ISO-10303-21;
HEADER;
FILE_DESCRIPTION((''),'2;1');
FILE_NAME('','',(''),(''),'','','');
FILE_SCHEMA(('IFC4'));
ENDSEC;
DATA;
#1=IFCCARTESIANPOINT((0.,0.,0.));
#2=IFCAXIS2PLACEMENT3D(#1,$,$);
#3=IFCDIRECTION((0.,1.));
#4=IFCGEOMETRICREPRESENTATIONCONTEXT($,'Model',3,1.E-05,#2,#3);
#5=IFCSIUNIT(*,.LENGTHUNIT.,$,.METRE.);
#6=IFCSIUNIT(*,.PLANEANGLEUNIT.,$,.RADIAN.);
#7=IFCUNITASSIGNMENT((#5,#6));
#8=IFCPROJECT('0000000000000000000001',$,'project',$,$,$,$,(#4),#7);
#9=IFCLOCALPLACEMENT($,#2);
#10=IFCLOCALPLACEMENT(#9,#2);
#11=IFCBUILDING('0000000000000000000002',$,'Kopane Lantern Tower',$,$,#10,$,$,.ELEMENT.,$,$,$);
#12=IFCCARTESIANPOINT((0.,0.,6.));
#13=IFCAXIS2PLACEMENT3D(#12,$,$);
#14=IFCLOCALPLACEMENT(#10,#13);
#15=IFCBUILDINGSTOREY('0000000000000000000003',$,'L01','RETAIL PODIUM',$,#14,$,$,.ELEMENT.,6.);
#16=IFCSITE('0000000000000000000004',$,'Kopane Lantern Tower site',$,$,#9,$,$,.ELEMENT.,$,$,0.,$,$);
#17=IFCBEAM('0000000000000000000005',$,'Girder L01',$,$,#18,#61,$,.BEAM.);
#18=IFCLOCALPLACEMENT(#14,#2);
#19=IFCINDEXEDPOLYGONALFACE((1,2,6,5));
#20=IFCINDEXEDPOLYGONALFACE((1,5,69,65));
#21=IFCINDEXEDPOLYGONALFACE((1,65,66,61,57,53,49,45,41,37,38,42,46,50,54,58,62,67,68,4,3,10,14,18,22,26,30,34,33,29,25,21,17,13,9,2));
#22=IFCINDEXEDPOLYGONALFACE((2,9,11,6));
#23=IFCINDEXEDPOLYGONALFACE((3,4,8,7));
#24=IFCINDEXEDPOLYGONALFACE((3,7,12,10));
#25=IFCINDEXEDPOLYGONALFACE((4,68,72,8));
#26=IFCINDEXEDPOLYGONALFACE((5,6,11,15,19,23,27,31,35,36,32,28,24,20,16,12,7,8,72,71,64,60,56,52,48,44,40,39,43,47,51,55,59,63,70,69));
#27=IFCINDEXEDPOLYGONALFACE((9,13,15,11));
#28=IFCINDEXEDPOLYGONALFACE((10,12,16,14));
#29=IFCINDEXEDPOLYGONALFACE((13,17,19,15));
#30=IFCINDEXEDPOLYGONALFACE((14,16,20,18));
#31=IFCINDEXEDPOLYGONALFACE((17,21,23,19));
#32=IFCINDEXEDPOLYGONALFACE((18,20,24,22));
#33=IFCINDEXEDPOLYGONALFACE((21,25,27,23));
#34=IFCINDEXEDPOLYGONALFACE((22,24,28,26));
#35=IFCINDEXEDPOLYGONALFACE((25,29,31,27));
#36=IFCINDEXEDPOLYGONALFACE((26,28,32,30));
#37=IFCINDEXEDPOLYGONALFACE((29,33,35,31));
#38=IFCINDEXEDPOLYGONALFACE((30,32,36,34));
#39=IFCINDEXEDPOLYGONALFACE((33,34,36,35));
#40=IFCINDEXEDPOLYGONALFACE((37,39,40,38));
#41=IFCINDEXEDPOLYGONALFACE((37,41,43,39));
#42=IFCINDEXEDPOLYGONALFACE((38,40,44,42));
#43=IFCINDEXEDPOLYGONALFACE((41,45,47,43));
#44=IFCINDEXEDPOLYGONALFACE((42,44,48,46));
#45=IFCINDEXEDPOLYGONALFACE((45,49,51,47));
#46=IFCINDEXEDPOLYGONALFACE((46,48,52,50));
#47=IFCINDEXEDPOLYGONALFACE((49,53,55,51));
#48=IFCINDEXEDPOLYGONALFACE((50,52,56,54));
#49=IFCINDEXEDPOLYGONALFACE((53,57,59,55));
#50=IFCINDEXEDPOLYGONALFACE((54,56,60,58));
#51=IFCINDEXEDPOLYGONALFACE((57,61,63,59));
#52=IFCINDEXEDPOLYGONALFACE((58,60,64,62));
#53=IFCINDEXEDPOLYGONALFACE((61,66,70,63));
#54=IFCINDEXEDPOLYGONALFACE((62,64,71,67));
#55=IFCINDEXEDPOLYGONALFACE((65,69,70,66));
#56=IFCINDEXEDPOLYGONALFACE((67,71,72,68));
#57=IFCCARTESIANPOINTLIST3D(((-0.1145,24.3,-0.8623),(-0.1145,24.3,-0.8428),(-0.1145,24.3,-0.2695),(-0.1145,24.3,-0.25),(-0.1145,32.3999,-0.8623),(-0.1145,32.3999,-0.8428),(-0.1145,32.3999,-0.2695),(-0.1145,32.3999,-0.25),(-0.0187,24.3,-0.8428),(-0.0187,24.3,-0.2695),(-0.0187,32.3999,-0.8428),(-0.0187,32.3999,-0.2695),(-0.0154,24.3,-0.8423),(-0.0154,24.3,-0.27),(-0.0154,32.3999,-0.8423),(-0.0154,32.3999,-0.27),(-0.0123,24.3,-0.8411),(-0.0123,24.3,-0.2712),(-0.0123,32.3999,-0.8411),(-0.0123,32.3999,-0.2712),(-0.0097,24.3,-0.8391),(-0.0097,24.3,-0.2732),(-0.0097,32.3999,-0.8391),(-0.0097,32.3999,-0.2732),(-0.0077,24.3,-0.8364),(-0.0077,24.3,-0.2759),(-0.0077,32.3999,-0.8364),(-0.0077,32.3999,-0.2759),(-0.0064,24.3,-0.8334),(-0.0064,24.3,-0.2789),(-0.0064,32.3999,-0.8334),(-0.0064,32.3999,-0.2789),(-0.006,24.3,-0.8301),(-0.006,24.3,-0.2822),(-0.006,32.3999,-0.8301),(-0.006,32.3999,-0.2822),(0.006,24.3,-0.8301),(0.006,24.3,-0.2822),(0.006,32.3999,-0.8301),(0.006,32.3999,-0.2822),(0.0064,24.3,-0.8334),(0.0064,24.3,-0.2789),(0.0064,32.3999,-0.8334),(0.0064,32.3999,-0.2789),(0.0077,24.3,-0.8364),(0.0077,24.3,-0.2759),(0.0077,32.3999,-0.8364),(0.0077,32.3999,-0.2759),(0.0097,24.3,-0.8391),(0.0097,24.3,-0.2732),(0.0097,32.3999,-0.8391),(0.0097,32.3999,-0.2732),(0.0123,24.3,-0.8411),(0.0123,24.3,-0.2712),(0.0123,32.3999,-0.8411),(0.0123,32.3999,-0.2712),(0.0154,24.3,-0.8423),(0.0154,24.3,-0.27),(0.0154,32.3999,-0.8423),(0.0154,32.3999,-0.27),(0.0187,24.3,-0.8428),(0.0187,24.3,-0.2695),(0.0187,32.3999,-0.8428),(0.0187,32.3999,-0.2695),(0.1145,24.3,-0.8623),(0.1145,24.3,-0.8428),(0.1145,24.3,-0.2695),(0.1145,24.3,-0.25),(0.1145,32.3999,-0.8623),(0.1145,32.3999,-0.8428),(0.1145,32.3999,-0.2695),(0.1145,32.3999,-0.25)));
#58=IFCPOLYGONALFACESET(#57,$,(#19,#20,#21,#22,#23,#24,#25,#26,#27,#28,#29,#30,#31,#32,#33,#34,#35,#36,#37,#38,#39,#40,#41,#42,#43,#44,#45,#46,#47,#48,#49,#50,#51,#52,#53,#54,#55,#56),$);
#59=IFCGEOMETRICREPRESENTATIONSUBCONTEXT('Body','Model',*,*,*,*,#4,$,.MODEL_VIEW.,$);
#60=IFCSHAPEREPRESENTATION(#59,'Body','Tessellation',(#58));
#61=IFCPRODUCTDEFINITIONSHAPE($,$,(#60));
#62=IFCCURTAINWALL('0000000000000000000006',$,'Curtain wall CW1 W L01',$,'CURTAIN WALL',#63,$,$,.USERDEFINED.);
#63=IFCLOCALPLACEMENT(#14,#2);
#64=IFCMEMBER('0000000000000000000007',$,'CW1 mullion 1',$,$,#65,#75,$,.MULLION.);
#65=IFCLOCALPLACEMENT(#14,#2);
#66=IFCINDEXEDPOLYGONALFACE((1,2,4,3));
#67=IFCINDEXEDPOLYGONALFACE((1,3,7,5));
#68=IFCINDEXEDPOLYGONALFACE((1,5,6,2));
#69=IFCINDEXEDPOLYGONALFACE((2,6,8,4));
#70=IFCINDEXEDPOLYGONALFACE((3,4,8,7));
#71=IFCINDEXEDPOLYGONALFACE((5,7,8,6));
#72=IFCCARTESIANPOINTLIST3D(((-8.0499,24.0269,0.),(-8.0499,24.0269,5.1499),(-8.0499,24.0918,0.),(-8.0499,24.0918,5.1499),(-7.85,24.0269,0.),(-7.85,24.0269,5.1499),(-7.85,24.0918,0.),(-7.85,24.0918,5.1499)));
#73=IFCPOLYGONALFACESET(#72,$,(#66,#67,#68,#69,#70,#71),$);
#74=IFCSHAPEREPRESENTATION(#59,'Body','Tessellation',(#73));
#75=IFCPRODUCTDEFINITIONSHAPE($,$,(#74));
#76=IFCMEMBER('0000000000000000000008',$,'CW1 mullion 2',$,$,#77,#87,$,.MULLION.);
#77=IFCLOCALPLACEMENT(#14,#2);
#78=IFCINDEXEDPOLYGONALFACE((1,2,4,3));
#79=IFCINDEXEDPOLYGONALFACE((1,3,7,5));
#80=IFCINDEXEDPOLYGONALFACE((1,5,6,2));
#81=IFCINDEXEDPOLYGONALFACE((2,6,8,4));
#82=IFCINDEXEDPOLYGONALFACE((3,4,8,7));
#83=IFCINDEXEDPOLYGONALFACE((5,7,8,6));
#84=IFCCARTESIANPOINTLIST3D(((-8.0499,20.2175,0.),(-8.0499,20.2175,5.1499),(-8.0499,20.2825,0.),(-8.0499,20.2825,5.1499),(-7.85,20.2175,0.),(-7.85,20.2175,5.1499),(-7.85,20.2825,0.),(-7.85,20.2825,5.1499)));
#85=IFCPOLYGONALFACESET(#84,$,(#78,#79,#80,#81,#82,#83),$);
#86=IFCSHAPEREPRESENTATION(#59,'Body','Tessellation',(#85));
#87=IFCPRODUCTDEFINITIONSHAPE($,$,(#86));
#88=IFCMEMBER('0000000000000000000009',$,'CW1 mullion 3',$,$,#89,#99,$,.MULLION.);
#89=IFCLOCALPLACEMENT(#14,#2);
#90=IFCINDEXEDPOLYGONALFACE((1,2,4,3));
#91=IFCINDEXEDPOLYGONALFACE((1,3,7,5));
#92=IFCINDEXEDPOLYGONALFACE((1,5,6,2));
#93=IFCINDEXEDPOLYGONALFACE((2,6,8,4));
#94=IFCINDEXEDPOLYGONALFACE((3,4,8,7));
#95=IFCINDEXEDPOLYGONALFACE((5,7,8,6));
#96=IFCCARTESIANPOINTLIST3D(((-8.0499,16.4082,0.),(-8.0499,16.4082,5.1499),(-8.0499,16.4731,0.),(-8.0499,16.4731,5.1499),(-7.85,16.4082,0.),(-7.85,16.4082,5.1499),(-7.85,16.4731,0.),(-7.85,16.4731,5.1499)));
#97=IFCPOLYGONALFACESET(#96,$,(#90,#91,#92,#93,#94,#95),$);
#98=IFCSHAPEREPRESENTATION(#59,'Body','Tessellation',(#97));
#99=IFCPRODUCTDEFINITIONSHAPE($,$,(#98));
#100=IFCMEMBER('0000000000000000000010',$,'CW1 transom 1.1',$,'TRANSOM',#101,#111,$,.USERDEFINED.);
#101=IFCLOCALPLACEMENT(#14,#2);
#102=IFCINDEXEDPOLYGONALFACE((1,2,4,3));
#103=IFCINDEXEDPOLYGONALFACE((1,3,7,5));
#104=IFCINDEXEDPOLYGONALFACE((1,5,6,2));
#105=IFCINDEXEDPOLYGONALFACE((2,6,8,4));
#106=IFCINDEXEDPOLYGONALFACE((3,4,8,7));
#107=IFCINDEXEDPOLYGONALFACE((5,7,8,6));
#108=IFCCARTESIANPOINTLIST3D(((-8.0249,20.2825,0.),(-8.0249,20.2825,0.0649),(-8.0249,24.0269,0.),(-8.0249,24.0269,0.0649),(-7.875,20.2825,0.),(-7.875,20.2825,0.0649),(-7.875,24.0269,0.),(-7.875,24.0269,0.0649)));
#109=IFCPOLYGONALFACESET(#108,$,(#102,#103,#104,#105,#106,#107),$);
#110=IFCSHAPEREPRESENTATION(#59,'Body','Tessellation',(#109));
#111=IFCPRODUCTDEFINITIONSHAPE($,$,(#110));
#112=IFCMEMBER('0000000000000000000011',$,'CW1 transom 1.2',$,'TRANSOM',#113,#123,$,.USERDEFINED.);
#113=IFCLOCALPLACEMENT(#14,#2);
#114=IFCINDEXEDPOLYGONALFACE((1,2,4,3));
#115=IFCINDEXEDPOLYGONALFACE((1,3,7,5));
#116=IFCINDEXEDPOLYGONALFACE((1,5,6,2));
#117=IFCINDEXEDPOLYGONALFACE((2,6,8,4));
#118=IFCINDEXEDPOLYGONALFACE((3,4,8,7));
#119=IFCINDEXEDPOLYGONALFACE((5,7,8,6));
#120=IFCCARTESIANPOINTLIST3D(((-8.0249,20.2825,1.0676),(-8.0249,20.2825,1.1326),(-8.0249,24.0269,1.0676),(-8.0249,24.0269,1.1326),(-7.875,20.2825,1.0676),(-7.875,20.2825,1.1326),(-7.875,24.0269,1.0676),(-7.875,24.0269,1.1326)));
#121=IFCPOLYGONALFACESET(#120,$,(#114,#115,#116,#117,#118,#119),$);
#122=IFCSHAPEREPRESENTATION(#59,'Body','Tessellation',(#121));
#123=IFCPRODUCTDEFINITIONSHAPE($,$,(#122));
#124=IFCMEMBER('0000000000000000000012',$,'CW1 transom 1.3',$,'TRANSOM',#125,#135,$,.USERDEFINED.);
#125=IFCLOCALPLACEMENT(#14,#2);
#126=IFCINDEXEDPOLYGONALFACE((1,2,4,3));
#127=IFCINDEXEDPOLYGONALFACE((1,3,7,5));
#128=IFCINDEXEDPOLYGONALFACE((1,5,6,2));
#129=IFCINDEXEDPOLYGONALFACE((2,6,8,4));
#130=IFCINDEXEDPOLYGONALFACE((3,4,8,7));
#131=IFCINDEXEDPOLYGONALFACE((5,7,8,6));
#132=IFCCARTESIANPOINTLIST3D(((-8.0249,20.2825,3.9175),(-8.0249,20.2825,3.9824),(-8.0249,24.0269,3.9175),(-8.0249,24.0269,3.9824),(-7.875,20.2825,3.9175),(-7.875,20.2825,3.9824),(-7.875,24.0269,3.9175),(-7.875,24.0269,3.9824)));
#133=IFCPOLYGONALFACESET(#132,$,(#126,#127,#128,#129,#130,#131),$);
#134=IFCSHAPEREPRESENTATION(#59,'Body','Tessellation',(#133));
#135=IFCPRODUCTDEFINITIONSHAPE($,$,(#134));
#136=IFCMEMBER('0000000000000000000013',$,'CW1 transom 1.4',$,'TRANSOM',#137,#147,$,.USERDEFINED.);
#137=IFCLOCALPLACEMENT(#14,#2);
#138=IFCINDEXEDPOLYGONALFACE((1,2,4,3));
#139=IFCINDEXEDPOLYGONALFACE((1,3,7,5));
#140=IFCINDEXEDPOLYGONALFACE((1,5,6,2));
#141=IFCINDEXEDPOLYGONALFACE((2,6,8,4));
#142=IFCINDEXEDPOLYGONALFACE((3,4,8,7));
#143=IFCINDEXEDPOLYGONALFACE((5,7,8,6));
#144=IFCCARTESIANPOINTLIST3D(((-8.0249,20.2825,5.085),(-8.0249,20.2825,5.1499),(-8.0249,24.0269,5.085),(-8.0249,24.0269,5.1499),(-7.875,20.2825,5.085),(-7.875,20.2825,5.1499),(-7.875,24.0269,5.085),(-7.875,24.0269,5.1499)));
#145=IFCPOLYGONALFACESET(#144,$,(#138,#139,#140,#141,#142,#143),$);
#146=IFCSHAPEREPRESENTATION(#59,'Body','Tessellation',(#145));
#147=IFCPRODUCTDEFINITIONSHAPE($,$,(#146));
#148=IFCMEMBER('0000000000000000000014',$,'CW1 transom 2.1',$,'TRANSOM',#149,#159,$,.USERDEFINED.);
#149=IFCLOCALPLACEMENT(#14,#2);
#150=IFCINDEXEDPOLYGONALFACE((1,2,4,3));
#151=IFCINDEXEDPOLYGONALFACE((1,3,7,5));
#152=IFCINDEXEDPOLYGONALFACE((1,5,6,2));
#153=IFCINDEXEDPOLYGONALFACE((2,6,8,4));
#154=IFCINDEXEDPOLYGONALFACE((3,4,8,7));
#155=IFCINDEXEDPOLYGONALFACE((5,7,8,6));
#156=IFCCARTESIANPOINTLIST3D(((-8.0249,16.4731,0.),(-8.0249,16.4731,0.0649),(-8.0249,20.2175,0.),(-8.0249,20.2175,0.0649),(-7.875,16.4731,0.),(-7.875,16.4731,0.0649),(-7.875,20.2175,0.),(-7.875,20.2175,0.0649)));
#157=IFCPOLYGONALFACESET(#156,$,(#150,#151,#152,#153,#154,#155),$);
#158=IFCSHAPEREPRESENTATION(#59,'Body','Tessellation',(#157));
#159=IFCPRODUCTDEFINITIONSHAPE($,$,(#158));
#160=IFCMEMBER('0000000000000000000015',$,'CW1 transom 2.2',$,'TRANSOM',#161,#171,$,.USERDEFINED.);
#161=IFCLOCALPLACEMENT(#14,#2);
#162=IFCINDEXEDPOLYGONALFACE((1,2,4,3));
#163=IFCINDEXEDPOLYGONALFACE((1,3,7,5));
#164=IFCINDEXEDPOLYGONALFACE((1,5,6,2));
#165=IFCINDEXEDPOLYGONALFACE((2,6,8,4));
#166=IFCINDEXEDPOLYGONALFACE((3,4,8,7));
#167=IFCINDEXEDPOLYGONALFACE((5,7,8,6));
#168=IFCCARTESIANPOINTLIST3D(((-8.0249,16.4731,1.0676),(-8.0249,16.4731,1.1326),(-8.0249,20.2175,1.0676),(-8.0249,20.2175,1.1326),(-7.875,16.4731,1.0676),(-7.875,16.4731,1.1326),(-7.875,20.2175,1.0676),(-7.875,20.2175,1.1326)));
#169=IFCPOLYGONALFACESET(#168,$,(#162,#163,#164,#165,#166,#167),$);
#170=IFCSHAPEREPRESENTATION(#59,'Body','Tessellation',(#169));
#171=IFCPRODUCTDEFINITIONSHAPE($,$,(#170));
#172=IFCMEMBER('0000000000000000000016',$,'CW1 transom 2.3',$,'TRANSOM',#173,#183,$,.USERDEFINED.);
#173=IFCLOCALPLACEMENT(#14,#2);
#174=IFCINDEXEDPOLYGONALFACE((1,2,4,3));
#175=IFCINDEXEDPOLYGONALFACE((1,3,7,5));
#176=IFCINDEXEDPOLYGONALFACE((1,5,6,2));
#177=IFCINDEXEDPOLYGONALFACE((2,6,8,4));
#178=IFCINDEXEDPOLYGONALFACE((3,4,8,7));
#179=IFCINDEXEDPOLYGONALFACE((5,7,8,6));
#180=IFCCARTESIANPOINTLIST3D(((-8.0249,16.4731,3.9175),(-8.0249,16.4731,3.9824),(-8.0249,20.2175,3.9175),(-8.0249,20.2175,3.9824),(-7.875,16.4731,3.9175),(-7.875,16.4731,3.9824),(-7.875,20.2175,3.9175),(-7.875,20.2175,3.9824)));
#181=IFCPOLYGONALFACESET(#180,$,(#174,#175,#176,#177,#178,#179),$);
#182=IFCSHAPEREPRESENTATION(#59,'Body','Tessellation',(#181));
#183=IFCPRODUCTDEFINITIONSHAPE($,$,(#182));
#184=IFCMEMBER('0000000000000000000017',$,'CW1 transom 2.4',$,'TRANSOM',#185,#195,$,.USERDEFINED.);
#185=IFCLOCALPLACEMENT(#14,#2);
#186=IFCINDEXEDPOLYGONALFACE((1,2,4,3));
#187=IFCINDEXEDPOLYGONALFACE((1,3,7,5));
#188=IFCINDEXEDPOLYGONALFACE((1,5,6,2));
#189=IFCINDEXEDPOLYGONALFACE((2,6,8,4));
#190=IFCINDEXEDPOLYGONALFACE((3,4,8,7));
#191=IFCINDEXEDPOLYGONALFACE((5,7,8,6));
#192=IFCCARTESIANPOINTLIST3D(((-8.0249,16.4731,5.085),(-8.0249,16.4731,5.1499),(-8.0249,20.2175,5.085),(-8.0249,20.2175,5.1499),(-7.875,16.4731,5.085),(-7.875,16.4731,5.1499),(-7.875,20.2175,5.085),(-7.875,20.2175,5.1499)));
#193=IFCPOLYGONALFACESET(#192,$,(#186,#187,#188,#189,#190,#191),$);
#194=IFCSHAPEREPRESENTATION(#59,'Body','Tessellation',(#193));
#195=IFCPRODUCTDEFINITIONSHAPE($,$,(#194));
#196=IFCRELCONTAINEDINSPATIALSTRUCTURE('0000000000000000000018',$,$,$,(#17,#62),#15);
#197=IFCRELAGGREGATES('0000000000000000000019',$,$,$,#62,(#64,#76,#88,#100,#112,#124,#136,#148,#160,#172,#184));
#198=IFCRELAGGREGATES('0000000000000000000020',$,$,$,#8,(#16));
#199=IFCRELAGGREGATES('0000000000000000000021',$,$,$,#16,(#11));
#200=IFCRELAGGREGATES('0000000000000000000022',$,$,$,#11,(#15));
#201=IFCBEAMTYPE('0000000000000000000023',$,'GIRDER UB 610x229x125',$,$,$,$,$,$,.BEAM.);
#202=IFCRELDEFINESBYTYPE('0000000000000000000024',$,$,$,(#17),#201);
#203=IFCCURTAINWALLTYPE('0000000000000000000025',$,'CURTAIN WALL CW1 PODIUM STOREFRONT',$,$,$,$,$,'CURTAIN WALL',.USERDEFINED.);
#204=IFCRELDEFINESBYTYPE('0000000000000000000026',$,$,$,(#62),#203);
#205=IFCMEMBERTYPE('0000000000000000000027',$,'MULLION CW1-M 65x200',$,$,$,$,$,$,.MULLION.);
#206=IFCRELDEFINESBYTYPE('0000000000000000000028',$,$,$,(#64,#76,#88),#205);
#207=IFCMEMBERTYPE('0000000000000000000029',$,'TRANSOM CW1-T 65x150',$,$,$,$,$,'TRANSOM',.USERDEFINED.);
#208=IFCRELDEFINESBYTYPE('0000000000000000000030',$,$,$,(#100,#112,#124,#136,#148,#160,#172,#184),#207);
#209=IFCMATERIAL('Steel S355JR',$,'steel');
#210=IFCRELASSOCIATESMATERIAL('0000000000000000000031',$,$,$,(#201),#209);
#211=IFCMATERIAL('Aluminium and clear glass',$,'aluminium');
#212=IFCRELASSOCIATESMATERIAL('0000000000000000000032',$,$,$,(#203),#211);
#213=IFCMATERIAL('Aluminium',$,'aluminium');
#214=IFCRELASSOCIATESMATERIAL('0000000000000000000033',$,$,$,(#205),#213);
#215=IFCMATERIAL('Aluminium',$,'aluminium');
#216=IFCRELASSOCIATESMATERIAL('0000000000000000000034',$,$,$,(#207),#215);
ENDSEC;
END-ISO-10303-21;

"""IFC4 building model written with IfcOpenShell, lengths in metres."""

from ifc_helpers import new_model, si_unit, direction, frame, origin, origin_2d, place, context, subcontext, project, spatial, rectangle, i_section, extrude, material, material_profile, profile_set, type_object, element, aggregate, save


model = new_model("IFC4")

# Units and contexts
model_context = context("Model", 3, precision=1e-05, world=origin(), true_north=direction((0.0, 1.0)))
body_context = subcontext(model_context, "Body", "Model", "MODEL_VIEW")
ifc_project = project(units=[si_unit("LENGTHUNIT", "METRE"), si_unit("PLANEANGLEUNIT", "RADIAN")], contexts=[model_context])

# Site, building, storey
site_placement = place(None, origin())
site = spatial("IfcSite", under=ifc_project, at=site_placement, Name="Kopane Lantern Tower site", CompositionType="ELEMENT", RefElevation=0.0)
building_placement = place(site_placement, origin())
building = spatial("IfcBuilding", under=site, at=building_placement, Name="Kopane Lantern Tower", CompositionType="ELEMENT")
storey_placement = place(building_placement, frame((0.0, 0.0, 6.0)))
storey = spatial("IfcBuildingStorey", under=building, at=storey_placement, Name="L01", Description="RETAIL PODIUM", CompositionType="ELEMENT", Elevation=6.0)

# Beam
ifc_material_1 = material(Name="Steel S355JR", Category="steel")
ifc_material_profile_1 = material_profile(ifc_material_1, i_section(OverallWidth=0.229, OverallDepth=0.6123, WebThickness=0.012, FlangeThickness=0.0195, FilletRadius=0.0127, at=origin_2d()), Name="UB 610x229x125")
ifc_profile_set_1 = profile_set([ifc_material_profile_1], Name="Steel S355JR")
beam_type = type_object("IfcBeamType", Name="GIRDER UB 610x229x125", PredefinedType="BEAM", material=ifc_profile_set_1)
beam_1_placement = place(storey_placement, frame((0.0, 24.3, -0.5562), z_axis=(0.0, 1.0, 0.0), x_axis=(-1.0, 0.0, 0.0)))
element("IfcBeam", 1, at=beam_1_placement, inside=storey, type_object=beam_type, Name="Girder L01", PredefinedType="BEAM", context=body_context, shape_type="SweptSolid", body=[
    extrude(i_section(OverallWidth=0.229, OverallDepth=0.6123, WebThickness=0.012, FlangeThickness=0.0195, FilletRadius=0.0127, at=origin_2d()), origin(), (0.0, 0.0, 1.0), 8.0999),
])

# Curtain wall, members
ifc_material_2 = material(Name="Aluminium and clear glass", Category="aluminium")
curtain_wall_type = type_object("IfcCurtainWallType", Name="CURTAIN WALL CW1 PODIUM STOREFRONT", ElementType="CURTAIN WALL", PredefinedType="USERDEFINED", material=ifc_material_2)
curtain_wall_placement = place(storey_placement, origin())
curtain_wall = element("IfcCurtainWall", 2, at=curtain_wall_placement, inside=storey, type_object=curtain_wall_type, Name="Curtain wall CW1 W L01", ObjectType="CURTAIN WALL", PredefinedType="USERDEFINED")
ifc_material_3 = material(Name="Aluminium", Category="aluminium")
ifc_material_profile_2 = material_profile(ifc_material_3, rectangle(XDim=0.0649, YDim=0.2, at=origin_2d()), Name="AL 65x200")
ifc_profile_set_2 = profile_set([ifc_material_profile_2], Name="Aluminium")
member_type_1 = type_object("IfcMemberType", Name="MULLION CW1-M 65x200", PredefinedType="MULLION", material=ifc_profile_set_2)
member_1_placement = place(storey_placement, frame((-7.95, 24.0593, 0.0), z_axis=(0.0, 0.0, 1.0), x_axis=(0.0, -1.0, 0.0)))
member_1 = element("IfcMember", 3, at=member_1_placement, type_object=member_type_1, Name="CW1 mullion 1", PredefinedType="MULLION", context=body_context, shape_type="SweptSolid", body=[
    extrude(rectangle(XDim=0.0649, YDim=0.2, at=origin_2d()), origin(), (0.0, 0.0, 1.0), 5.1499),
])
member_2_placement = place(storey_placement, frame((-7.95, 20.25, 0.0), z_axis=(0.0, 0.0, 1.0), x_axis=(0.0, -1.0, 0.0)))
member_2 = element("IfcMember", 4, at=member_2_placement, type_object=member_type_1, Name="CW1 mullion 2", PredefinedType="MULLION", context=body_context, shape_type="SweptSolid", body=[
    extrude(rectangle(XDim=0.0649, YDim=0.2, at=origin_2d()), origin(), (0.0, 0.0, 1.0), 5.1499),
])
member_3_placement = place(storey_placement, frame((-7.95, 16.4407, 0.0), z_axis=(0.0, 0.0, 1.0), x_axis=(0.0, -1.0, 0.0)))
member_3 = element("IfcMember", 5, at=member_3_placement, type_object=member_type_1, Name="CW1 mullion 3", PredefinedType="MULLION", context=body_context, shape_type="SweptSolid", body=[
    extrude(rectangle(XDim=0.0649, YDim=0.2, at=origin_2d()), origin(), (0.0, 0.0, 1.0), 5.1499),
])
ifc_material_4 = material(Name="Aluminium", Category="aluminium")
ifc_material_profile_3 = material_profile(ifc_material_4, rectangle(XDim=0.1499, YDim=0.0649, at=origin_2d()), Name="AL 150x65")
ifc_profile_set_3 = profile_set([ifc_material_profile_3], Name="Aluminium")
member_type_2 = type_object("IfcMemberType", Name="TRANSOM CW1-T 65x150", ElementType="TRANSOM", PredefinedType="USERDEFINED", material=ifc_profile_set_3)
member_4_placement = place(storey_placement, frame((-7.95, 24.0269, 0.0325), z_axis=(0.0, -1.0, 0.0), x_axis=(1.0, 0.0, 0.0)))
member_4 = element("IfcMember", 6, at=member_4_placement, type_object=member_type_2, Name="CW1 transom 1.1", ObjectType="TRANSOM", PredefinedType="USERDEFINED", context=body_context, shape_type="SweptSolid", body=[
    extrude(rectangle(XDim=0.1499, YDim=0.0649, at=origin_2d()), origin(), (0.0, 0.0, 1.0), 3.7444),
])
member_5_placement = place(storey_placement, frame((-7.95, 24.0269, 1.1001), z_axis=(0.0, -1.0, 0.0), x_axis=(1.0, 0.0, 0.0)))
member_5 = element("IfcMember", 7, at=member_5_placement, type_object=member_type_2, Name="CW1 transom 1.2", ObjectType="TRANSOM", PredefinedType="USERDEFINED", context=body_context, shape_type="SweptSolid", body=[
    extrude(rectangle(XDim=0.1499, YDim=0.0649, at=origin_2d()), origin(), (0.0, 0.0, 1.0), 3.7444),
])
member_6_placement = place(storey_placement, frame((-7.95, 24.0269, 3.95), z_axis=(0.0, -1.0, 0.0), x_axis=(1.0, 0.0, 0.0)))
member_6 = element("IfcMember", 8, at=member_6_placement, type_object=member_type_2, Name="CW1 transom 1.3", ObjectType="TRANSOM", PredefinedType="USERDEFINED", context=body_context, shape_type="SweptSolid", body=[
    extrude(rectangle(XDim=0.1499, YDim=0.0649, at=origin_2d()), origin(), (0.0, 0.0, 1.0), 3.7444),
])
member_7_placement = place(storey_placement, frame((-7.95, 24.0269, 5.1174), z_axis=(0.0, -1.0, 0.0), x_axis=(1.0, 0.0, 0.0)))
member_7 = element("IfcMember", 9, at=member_7_placement, type_object=member_type_2, Name="CW1 transom 1.4", ObjectType="TRANSOM", PredefinedType="USERDEFINED", context=body_context, shape_type="SweptSolid", body=[
    extrude(rectangle(XDim=0.1499, YDim=0.0649, at=origin_2d()), origin(), (0.0, 0.0, 1.0), 3.7444),
])
member_8_placement = place(storey_placement, frame((-7.95, 20.2175, 0.0325), z_axis=(0.0, -1.0, 0.0), x_axis=(1.0, 0.0, 0.0)))
member_8 = element("IfcMember", 10, at=member_8_placement, type_object=member_type_2, Name="CW1 transom 2.1", ObjectType="TRANSOM", PredefinedType="USERDEFINED", context=body_context, shape_type="SweptSolid", body=[
    extrude(rectangle(XDim=0.1499, YDim=0.0649, at=origin_2d()), origin(), (0.0, 0.0, 1.0), 3.7444),
])
member_9_placement = place(storey_placement, frame((-7.95, 20.2175, 1.1001), z_axis=(0.0, -1.0, 0.0), x_axis=(1.0, 0.0, 0.0)))
member_9 = element("IfcMember", 11, at=member_9_placement, type_object=member_type_2, Name="CW1 transom 2.2", ObjectType="TRANSOM", PredefinedType="USERDEFINED", context=body_context, shape_type="SweptSolid", body=[
    extrude(rectangle(XDim=0.1499, YDim=0.0649, at=origin_2d()), origin(), (0.0, 0.0, 1.0), 3.7444),
])
member_10_placement = place(storey_placement, frame((-7.95, 20.2175, 3.95), z_axis=(0.0, -1.0, 0.0), x_axis=(1.0, 0.0, 0.0)))
member_10 = element("IfcMember", 12, at=member_10_placement, type_object=member_type_2, Name="CW1 transom 2.3", ObjectType="TRANSOM", PredefinedType="USERDEFINED", context=body_context, shape_type="SweptSolid", body=[
    extrude(rectangle(XDim=0.1499, YDim=0.0649, at=origin_2d()), origin(), (0.0, 0.0, 1.0), 3.7444),
])
member_11_placement = place(storey_placement, frame((-7.95, 20.2175, 5.1174), z_axis=(0.0, -1.0, 0.0), x_axis=(1.0, 0.0, 0.0)))
member_11 = element("IfcMember", 13, at=member_11_placement, type_object=member_type_2, Name="CW1 transom 2.4", ObjectType="TRANSOM", PredefinedType="USERDEFINED", context=body_context, shape_type="SweptSolid", body=[
    extrude(rectangle(XDim=0.1499, YDim=0.0649, at=origin_2d()), origin(), (0.0, 0.0, 1.0), 3.7444),
])
aggregate(curtain_wall, [member_1, member_2, member_3, member_4, member_5, member_6, member_7, member_8, member_9, member_10, member_11])

save(model, "model.ifc")
